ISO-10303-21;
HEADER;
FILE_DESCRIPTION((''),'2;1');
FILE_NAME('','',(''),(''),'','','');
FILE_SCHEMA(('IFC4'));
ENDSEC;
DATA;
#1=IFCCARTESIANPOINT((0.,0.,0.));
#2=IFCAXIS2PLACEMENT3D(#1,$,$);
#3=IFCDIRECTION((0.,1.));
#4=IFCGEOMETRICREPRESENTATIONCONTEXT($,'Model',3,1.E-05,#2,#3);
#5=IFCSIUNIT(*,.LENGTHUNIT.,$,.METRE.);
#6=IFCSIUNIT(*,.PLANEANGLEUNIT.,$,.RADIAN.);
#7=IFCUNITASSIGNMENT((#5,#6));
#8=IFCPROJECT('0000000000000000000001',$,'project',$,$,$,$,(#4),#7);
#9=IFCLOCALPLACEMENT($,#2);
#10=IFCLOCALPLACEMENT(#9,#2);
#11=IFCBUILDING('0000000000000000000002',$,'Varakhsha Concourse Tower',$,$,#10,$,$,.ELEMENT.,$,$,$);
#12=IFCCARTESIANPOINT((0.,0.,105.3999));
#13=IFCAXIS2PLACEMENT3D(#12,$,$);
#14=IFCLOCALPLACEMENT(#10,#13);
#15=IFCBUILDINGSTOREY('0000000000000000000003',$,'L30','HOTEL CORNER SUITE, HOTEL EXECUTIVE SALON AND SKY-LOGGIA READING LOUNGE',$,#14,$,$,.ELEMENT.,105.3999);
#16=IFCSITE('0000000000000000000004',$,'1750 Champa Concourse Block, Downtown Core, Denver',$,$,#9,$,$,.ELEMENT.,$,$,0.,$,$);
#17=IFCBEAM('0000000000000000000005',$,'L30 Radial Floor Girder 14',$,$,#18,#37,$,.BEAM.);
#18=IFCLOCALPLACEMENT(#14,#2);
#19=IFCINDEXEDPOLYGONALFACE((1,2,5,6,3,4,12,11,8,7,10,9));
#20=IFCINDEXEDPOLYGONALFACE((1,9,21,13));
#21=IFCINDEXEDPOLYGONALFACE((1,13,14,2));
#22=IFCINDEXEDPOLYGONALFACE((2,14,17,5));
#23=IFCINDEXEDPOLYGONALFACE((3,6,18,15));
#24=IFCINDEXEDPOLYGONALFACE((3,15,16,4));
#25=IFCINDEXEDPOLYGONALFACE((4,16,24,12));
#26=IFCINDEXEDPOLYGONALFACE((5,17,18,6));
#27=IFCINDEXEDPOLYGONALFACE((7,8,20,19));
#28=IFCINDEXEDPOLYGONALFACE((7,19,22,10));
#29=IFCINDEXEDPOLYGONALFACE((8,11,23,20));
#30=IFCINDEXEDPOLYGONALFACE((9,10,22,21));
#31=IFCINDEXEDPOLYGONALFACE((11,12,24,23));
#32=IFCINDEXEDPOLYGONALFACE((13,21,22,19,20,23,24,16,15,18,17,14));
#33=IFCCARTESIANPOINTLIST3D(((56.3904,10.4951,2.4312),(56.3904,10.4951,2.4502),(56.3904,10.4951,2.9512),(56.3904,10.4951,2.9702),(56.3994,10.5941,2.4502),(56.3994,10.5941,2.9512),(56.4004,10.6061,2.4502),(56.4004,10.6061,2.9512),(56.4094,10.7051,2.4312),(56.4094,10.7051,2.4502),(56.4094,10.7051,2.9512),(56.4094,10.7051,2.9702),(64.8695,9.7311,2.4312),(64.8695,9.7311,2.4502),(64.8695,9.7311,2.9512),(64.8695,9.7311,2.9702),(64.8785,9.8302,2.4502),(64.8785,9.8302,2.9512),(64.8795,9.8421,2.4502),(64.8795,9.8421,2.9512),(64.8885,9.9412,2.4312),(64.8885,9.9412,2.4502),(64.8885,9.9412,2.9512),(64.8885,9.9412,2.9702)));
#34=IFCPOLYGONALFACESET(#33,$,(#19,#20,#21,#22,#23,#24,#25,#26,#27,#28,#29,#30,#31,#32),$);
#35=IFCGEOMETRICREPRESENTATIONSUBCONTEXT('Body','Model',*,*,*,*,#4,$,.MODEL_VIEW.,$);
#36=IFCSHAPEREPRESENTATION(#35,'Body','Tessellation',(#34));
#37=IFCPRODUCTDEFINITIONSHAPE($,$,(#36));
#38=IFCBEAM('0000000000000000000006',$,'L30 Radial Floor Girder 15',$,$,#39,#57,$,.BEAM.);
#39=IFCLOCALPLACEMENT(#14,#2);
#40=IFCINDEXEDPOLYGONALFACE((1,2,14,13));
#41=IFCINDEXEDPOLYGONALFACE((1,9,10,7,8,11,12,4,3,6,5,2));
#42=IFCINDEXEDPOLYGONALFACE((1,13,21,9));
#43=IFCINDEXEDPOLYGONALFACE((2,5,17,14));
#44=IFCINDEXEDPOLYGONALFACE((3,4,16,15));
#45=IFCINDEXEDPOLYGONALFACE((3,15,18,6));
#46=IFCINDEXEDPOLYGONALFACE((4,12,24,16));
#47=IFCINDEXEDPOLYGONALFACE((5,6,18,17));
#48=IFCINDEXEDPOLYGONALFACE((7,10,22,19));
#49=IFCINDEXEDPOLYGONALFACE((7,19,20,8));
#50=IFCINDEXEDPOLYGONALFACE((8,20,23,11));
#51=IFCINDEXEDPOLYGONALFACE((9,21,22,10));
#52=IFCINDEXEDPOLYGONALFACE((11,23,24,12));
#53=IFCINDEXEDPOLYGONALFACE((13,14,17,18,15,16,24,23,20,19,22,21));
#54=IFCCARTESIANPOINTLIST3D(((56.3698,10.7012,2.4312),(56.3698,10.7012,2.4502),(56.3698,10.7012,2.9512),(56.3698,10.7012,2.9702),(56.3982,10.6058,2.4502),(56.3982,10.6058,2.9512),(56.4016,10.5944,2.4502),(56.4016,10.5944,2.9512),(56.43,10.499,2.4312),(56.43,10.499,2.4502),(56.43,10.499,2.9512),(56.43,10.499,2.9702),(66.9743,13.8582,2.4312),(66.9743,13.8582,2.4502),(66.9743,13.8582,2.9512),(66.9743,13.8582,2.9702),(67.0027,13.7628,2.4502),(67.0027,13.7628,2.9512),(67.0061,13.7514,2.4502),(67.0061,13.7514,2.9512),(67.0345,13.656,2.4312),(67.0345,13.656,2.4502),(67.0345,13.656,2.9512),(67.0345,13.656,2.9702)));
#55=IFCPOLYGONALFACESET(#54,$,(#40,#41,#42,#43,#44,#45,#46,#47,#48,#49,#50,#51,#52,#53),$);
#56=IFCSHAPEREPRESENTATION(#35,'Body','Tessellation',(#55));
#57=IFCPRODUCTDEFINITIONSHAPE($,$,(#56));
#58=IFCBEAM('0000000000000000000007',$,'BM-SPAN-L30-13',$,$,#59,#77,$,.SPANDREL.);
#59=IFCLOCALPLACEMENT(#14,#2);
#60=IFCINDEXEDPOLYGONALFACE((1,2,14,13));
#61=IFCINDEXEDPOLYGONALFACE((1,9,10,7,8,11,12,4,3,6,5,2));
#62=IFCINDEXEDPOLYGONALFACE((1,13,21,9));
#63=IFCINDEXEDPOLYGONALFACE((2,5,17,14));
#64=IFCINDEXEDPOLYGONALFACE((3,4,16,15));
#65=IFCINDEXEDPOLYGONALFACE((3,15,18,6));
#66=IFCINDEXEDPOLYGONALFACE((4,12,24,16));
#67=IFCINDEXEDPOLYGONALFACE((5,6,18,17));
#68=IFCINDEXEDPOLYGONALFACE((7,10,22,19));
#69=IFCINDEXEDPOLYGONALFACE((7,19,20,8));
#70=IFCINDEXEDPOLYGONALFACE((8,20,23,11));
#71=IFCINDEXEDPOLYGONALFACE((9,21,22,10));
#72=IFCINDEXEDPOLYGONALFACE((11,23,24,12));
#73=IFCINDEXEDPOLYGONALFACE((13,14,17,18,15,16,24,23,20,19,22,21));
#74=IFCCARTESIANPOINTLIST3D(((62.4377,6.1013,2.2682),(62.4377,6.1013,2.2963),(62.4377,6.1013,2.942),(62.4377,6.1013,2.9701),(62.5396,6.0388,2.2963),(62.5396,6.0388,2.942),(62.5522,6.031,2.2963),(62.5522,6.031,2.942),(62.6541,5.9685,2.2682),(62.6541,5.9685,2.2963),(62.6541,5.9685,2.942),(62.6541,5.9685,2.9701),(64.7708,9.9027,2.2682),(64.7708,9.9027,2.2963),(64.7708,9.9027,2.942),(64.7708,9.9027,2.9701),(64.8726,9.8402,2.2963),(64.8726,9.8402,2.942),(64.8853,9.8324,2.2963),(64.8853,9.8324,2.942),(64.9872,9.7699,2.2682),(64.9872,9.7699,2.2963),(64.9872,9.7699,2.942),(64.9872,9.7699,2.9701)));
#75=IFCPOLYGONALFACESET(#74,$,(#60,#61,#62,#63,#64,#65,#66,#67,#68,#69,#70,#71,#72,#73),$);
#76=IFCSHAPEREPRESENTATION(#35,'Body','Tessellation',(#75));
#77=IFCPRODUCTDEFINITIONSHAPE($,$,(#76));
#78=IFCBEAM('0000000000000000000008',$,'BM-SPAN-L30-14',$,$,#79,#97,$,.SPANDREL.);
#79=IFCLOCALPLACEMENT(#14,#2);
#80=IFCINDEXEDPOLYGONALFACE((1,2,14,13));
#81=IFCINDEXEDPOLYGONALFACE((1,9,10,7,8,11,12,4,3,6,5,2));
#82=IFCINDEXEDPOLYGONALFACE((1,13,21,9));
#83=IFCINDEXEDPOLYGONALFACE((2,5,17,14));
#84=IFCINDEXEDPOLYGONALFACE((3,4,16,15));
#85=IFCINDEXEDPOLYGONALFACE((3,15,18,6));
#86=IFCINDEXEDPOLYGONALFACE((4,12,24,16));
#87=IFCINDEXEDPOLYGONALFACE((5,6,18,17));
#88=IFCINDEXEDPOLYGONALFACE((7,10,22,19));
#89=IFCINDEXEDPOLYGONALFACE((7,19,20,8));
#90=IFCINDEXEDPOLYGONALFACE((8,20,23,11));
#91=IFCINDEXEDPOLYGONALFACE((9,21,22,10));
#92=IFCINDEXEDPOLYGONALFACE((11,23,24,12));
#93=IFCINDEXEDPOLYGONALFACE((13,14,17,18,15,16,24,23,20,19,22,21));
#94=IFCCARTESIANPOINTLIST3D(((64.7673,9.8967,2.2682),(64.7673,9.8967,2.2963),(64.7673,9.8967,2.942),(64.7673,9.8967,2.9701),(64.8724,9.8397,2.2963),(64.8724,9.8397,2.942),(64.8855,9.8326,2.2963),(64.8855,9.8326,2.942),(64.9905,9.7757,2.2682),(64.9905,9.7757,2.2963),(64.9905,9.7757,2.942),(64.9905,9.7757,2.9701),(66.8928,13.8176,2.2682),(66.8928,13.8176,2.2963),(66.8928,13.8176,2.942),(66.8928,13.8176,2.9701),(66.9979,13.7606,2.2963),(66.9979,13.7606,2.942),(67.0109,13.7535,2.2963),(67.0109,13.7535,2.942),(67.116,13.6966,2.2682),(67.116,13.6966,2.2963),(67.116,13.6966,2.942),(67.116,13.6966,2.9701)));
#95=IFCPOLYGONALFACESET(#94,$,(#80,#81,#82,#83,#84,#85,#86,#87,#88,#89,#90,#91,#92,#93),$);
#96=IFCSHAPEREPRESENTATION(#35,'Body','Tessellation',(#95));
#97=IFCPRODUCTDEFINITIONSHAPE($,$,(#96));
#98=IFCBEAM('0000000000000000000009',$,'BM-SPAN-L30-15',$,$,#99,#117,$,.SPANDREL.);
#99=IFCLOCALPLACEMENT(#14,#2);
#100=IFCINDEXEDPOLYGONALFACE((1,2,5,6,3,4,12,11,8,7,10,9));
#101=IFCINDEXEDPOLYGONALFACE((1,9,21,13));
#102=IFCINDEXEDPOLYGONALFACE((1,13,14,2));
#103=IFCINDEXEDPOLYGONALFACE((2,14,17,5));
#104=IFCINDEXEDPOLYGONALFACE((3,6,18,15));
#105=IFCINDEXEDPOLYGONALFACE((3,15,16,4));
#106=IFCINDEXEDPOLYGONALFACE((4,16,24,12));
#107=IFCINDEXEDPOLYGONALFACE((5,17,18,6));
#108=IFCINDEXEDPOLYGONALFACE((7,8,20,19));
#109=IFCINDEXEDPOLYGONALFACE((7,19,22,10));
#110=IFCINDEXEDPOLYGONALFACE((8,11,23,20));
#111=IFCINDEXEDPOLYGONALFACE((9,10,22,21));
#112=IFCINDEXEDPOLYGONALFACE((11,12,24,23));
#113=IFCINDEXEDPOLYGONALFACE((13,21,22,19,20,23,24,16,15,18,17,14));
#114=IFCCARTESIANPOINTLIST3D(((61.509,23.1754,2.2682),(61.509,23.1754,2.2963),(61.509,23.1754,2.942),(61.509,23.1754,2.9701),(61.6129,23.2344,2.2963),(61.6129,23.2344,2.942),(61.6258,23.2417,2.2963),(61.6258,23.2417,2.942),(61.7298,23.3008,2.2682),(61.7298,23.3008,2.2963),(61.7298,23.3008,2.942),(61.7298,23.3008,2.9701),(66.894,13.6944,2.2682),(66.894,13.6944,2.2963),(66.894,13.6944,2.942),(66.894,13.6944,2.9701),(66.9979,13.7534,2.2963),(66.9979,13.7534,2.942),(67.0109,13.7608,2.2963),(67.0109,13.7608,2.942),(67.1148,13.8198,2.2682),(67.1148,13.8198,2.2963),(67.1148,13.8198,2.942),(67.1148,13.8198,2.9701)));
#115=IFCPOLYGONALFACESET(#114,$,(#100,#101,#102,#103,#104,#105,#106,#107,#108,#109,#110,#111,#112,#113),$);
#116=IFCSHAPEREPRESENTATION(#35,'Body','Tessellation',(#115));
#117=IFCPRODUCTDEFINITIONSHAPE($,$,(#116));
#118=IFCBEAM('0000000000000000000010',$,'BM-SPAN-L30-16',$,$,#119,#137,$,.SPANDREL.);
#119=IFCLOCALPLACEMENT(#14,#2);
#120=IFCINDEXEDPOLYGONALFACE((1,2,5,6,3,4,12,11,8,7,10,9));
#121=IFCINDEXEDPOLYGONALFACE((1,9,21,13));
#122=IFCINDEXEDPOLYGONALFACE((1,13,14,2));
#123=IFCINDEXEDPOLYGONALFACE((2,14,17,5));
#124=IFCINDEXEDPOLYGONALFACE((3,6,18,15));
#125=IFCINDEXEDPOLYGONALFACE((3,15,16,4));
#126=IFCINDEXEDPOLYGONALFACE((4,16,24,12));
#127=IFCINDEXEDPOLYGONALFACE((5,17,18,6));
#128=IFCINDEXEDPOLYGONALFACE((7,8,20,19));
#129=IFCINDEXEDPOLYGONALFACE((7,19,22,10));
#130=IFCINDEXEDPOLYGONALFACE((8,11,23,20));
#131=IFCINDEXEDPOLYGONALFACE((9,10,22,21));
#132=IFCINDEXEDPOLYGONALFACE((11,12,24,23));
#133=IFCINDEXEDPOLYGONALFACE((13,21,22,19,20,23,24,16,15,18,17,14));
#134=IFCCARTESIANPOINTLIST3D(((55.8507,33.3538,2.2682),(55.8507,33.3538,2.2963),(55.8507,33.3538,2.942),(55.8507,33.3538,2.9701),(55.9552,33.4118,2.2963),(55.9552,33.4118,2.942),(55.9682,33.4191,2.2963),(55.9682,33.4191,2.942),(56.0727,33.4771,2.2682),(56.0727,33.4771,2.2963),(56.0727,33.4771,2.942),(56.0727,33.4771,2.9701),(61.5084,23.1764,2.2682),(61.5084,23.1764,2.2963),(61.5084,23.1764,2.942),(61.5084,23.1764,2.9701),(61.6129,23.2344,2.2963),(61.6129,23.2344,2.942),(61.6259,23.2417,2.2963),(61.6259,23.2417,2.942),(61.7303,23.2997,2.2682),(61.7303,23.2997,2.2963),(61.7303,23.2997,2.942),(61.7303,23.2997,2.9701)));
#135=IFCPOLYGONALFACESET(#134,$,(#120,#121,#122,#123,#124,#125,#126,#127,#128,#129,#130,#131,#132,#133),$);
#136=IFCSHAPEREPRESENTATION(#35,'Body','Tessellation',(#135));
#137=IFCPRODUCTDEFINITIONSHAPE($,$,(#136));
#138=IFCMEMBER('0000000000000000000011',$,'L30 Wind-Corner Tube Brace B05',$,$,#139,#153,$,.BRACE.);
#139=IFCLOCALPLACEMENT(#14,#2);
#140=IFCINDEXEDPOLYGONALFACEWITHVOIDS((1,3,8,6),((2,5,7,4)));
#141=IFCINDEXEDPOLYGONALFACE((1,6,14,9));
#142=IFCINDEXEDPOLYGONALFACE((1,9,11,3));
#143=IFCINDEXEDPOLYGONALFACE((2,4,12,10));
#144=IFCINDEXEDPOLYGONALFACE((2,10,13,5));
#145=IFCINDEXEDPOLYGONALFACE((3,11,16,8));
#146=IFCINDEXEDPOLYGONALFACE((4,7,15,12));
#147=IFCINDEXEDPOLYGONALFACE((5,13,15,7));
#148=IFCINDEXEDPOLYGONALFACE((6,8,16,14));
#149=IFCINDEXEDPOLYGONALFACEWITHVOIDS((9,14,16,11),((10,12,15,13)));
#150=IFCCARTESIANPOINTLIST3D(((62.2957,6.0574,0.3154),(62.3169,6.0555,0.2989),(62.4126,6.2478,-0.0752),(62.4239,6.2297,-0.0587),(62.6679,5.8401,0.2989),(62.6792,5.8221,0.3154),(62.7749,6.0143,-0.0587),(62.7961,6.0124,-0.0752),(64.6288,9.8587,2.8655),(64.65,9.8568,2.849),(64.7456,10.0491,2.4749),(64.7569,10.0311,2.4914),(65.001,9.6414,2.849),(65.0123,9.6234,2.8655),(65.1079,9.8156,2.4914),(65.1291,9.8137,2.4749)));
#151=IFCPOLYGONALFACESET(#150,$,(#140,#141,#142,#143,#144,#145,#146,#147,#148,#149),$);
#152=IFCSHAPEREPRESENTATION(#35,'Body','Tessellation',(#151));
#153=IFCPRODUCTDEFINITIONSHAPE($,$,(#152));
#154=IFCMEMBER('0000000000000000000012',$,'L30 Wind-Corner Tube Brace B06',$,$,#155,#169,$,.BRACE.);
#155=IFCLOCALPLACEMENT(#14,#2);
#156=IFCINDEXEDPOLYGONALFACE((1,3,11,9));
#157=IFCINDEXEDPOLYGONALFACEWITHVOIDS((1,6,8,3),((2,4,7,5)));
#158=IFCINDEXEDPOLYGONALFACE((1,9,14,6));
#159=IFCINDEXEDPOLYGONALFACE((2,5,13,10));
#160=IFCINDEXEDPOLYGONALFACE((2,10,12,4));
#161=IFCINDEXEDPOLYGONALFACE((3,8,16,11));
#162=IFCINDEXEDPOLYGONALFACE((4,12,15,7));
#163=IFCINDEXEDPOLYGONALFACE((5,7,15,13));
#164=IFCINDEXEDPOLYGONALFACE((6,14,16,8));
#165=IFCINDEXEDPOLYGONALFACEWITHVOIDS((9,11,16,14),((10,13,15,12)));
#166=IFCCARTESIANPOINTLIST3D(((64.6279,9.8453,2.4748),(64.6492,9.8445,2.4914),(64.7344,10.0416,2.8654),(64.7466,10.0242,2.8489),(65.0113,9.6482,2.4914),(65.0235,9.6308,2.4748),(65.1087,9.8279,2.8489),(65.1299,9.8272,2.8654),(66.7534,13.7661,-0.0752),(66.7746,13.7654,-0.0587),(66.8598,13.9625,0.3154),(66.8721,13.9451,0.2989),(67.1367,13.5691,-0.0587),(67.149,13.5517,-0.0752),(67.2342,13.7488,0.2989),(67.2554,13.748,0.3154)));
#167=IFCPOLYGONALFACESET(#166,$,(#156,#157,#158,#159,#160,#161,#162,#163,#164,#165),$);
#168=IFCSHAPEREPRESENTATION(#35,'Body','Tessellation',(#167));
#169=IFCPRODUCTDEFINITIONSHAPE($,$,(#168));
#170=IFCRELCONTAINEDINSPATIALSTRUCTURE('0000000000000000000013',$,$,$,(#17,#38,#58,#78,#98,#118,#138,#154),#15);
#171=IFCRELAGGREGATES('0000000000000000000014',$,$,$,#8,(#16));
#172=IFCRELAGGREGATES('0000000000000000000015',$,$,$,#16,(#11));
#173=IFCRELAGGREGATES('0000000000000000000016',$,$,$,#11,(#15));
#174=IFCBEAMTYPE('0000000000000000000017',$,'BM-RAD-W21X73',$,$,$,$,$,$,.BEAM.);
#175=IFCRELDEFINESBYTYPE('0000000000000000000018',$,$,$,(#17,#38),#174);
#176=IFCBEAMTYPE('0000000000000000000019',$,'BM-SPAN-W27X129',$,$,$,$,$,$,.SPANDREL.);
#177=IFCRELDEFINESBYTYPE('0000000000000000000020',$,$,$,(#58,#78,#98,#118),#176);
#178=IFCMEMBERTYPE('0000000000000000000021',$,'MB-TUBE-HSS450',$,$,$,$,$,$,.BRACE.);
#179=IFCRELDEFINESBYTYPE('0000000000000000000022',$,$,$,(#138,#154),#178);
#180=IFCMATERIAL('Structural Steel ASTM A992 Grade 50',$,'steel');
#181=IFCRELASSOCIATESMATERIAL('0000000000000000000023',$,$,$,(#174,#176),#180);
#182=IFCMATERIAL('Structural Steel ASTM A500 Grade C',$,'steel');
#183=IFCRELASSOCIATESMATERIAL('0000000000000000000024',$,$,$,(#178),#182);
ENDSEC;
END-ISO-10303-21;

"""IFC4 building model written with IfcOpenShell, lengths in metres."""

from ifc_helpers import new_model, si_unit, direction, frame, origin, origin_2d, place, context, subcontext, project, spatial, hollow_rectangle, i_section, extrude, source, transform, mapped, material, material_profile, profile_set, type_object, type_shapes, element, save


model = new_model("IFC4")

# Units and contexts
model_context = context("Model", 3, precision=1e-05, world=origin(), true_north=direction((0.0, 1.0)))
body_context = subcontext(model_context, "Body", "Model", "MODEL_VIEW")
ifc_project = project(units=[si_unit("LENGTHUNIT", "METRE"), si_unit("PLANEANGLEUNIT", "RADIAN")], contexts=[model_context])

# Site, building, storey
site_placement = place(None, origin())
site = spatial("IfcSite", under=ifc_project, at=site_placement, Name="1750 Champa Concourse Block, Downtown Core, Denver", CompositionType="ELEMENT", RefElevation=0.0)
building_placement = place(site_placement, origin())
building = spatial("IfcBuilding", under=site, at=building_placement, Name="Varakhsha Concourse Tower", CompositionType="ELEMENT")
storey_placement = place(building_placement, frame((0.0, 0.0, 105.3999)))
storey = spatial("IfcBuildingStorey", under=building, at=storey_placement, Name="L30", Description="HOTEL CORNER SUITE, HOTEL EXECUTIVE SALON AND SKY-LOGGIA READING LOUNGE", CompositionType="ELEMENT", Elevation=105.3999)

# Shared definitions
ifc_material_1 = material(Name="Structural Steel ASTM A992 Grade 50", Category="steel")

# Beams
ifc_material_profile_1 = material_profile(ifc_material_1, i_section(OverallWidth=0.2109, OverallDepth=0.5391, WebThickness=0.012, FlangeThickness=0.019, at=origin_2d()), Name="W21X73")
ifc_profile_set_1 = profile_set([ifc_material_profile_1], Name="Structural Steel ASTM A992 Grade 50")
beam_type_1 = type_object("IfcBeamType", Name="BM-RAD-W21X73", PredefinedType="BEAM", material=ifc_profile_set_1)
beam_1_placement = place(storey_placement, frame((56.3999, 10.6001, 2.7007), z_axis=(0.995966, -0.089732, 0.0), x_axis=(0.089732, 0.995966, 0.0)))
element("IfcBeam", 1, at=beam_1_placement, inside=storey, type_object=beam_type_1, Name="L30 Radial Floor Girder 14", PredefinedType="BEAM", context=body_context, shape_type="SweptSolid", body=[
    extrude(i_section(OverallWidth=0.2109, OverallDepth=0.5391, WebThickness=0.012, FlangeThickness=0.019, at=origin_2d()), origin(), (0.0, 0.0, 1.0), 8.5134),
])
beam_2_placement = place(storey_placement, frame((56.3999, 10.6001, 2.7007), z_axis=(0.95843, 0.285327, 0.0), x_axis=(-0.285327, 0.95843, 0.0)))
element("IfcBeam", 2, at=beam_2_placement, inside=storey, type_object=beam_type_1, Name="L30 Radial Floor Girder 15", PredefinedType="BEAM", context=body_context, shape_type="SweptSolid", body=[
    extrude(i_section(OverallWidth=0.2109, OverallDepth=0.5391, WebThickness=0.012, FlangeThickness=0.019, at=origin_2d()), origin(), (0.0, 0.0, 1.0), 11.0645),
])
ifc_material_profile_2 = material_profile(ifc_material_1, i_section(OverallWidth=0.2539, OverallDepth=0.7019, WebThickness=0.0149, FlangeThickness=0.0281, at=origin_2d()), Name="W27X129")
ifc_profile_set_2 = profile_set([ifc_material_profile_2], Name="Structural Steel ASTM A992 Grade 50")
beam_type_2 = type_object("IfcBeamType", Name="BM-SPAN-W27X129", PredefinedType="SPANDREL", material=ifc_profile_set_2)
beam_3_placement = place(storey_placement, frame((62.5459, 6.0349, 2.6191), z_axis=(0.523083, 0.852282, 0.0), x_axis=(-0.852282, 0.523083, 0.0)))
element("IfcBeam", 3, at=beam_3_placement, inside=storey, type_object=beam_type_2, Name="BM-SPAN-L30-13", PredefinedType="SPANDREL", context=body_context, shape_type="SweptSolid", body=[
    extrude(i_section(OverallWidth=0.2539, OverallDepth=0.7019, WebThickness=0.0149, FlangeThickness=0.0281, at=origin_2d()), origin(), (0.0, 0.0, 1.0), 4.4602),
])
beam_4_placement = place(storey_placement, frame((64.8789, 9.8362, 2.6191), z_axis=(0.476572, 0.879135, 0.0), x_axis=(-0.879135, 0.476572, 0.0)))
element("IfcBeam", 4, at=beam_4_placement, inside=storey, type_object=beam_type_2, Name="BM-SPAN-L30-14", PredefinedType="SPANDREL", context=body_context, shape_type="SweptSolid", body=[
    extrude(i_section(OverallWidth=0.2539, OverallDepth=0.7019, WebThickness=0.0149, FlangeThickness=0.0281, at=origin_2d()), origin(), (0.0, 0.0, 1.0), 4.46),
])
beam_5_placement = place(storey_placement, frame((67.0044, 13.7571, 2.6191), z_axis=(-0.493878, 0.869531, 0.0), x_axis=(-0.869531, -0.493878, 0.0)))
element("IfcBeam", 5, at=beam_5_placement, inside=storey, type_object=beam_type_2, Name="BM-SPAN-L30-15", PredefinedType="SPANDREL", context=body_context, shape_type="SweptSolid", body=[
    extrude(i_section(OverallWidth=0.2539, OverallDepth=0.7019, WebThickness=0.0149, FlangeThickness=0.0281, at=origin_2d()), origin(), (0.0, 0.0, 1.0), 10.9036),
])
beam_6_placement = place(storey_placement, frame((61.6194, 23.238, 2.6191), z_axis=(-0.485876, 0.874028, 0.0), x_axis=(-0.874028, -0.485876, 0.0)))
element("IfcBeam", 6, at=beam_6_placement, inside=storey, type_object=beam_type_2, Name="BM-SPAN-L30-16", PredefinedType="SPANDREL", context=body_context, shape_type="SweptSolid", body=[
    extrude(i_section(OverallWidth=0.2539, OverallDepth=0.7019, WebThickness=0.0149, FlangeThickness=0.0281, at=origin_2d()), origin(), (0.0, 0.0, 1.0), 11.6443),
])

# Members
ifc_material_2 = material(Name="Structural Steel ASTM A500 Grade C", Category="steel")
ifc_material_profile_3 = material_profile(ifc_material_2, hollow_rectangle(XDim=0.45, YDim=0.45, WallThickness=0.019, at=origin_2d()), Name="HSS 450x450x19")
ifc_profile_set_3 = profile_set([ifc_material_profile_3], Name="Structural Steel ASTM A500 Grade C")
member_type_1 = type_object("IfcMemberType", Name="MB-TUBE-HSS450", PredefinedType="BRACE", material=ifc_profile_set_3)
shared_shape_1 = source(origin(), body_context, "Body", "SweptSolid", [
    extrude(hollow_rectangle(XDim=0.45, YDim=0.45, WallThickness=0.019, at=origin_2d()), origin(), (0.0, 0.0, 1.0), 5.1377),
])
member_1_placement = place(storey_placement, frame((62.5459, 6.0349, 0.1201), z_axis=(0.454101, 0.739887, 0.496347), x_axis=(-0.852282, 0.523083, 0.0)))
element("IfcMember", 7, at=member_1_placement, inside=storey, type_object=member_type_1, Name="L30 Wind-Corner Tube Brace B05", PredefinedType="BRACE", context=body_context, shape_type="MappedRepresentation", body=[
    mapped(shared_shape_1, transform((0.0, 0.0, 0.0), scale=1.0)),
])
shared_shape_2 = source(origin(), body_context, "Body", "SweptSolid", [
    extrude(hollow_rectangle(XDim=0.45, YDim=0.45, WallThickness=0.019, at=origin_2d()), origin(), (0.0, 0.0, 1.0), 5.1375),
])
type_shapes(member_type_1, [shared_shape_1, shared_shape_2])
member_2_placement = place(storey_placement, frame((67.0044, 13.7571, 0.1201), z_axis=(-0.41372, -0.763192, 0.49636), x_axis=(0.879135, -0.476572, 0.0)))
element("IfcMember", 8, at=member_2_placement, inside=storey, type_object=member_type_1, Name="L30 Wind-Corner Tube Brace B06", PredefinedType="BRACE", context=body_context, shape_type="MappedRepresentation", body=[
    mapped(shared_shape_2, transform((0.0, 0.0, 0.0), scale=1.0)),
])

save(model, "model.ifc")
